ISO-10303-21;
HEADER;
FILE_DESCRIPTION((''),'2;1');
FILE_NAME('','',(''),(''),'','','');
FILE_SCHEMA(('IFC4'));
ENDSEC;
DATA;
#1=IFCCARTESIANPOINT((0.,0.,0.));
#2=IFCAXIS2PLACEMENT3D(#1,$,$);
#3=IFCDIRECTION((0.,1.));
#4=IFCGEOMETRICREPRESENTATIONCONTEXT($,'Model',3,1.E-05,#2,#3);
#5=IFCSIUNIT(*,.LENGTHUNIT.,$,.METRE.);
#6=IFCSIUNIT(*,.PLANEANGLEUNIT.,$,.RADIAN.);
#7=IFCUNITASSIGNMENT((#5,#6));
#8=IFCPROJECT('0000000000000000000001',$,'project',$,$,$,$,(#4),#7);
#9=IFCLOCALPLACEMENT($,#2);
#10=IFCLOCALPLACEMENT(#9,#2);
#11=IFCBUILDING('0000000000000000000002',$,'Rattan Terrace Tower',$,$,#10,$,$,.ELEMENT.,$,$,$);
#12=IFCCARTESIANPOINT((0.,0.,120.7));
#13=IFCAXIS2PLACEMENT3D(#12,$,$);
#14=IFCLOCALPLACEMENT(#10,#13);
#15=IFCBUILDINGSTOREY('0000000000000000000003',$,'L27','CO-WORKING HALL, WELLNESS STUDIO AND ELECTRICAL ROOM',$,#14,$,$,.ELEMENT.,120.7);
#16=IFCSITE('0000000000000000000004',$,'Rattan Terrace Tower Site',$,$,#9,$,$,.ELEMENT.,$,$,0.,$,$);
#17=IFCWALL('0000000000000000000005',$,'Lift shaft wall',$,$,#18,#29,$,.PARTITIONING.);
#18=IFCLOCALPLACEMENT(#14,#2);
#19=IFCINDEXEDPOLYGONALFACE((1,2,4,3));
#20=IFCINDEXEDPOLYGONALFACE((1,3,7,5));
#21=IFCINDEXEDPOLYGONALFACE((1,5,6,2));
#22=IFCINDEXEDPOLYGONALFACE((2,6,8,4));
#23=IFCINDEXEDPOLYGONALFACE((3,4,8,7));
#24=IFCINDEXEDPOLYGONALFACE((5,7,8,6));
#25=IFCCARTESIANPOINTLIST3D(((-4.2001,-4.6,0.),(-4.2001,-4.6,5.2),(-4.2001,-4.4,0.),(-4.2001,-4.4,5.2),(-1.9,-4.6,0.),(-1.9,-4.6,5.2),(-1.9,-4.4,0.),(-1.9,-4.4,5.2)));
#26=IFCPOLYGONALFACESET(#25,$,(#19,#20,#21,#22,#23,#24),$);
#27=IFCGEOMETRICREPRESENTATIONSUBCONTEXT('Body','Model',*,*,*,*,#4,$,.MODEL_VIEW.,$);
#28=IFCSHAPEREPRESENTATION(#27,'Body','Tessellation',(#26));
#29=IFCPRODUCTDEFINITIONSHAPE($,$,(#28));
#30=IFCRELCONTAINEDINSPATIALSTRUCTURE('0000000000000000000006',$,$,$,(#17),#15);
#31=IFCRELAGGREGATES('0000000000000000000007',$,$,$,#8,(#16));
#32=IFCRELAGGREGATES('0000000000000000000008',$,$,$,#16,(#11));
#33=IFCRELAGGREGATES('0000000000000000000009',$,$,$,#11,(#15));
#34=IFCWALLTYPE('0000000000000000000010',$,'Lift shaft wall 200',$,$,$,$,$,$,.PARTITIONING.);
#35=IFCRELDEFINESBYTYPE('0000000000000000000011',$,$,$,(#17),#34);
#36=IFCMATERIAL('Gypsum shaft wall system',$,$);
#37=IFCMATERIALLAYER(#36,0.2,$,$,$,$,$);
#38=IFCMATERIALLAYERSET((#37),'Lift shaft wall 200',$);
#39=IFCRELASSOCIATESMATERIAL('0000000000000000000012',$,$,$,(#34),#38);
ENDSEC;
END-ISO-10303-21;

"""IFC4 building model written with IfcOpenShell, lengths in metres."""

from ifc_helpers import new_model, si_unit, direction, frame, frame_2d, origin, place, context, subcontext, project, spatial, rectangle, extrude, material, layer, layer_set, type_object, element, save


model = new_model("IFC4")

# Units and contexts
model_context = context("Model", 3, precision=1e-05, world=origin(), true_north=direction((0.0, 1.0)))
body_context = subcontext(model_context, "Body", "Model", "MODEL_VIEW")
ifc_project = project(units=[si_unit("LENGTHUNIT", "METRE"), si_unit("PLANEANGLEUNIT", "RADIAN")], contexts=[model_context])

# Site, building, storey
site_placement = place(None, origin())
site = spatial("IfcSite", under=ifc_project, at=site_placement, Name="Rattan Terrace Tower Site", CompositionType="ELEMENT", RefElevation=0.0)
building_placement = place(site_placement, origin())
building = spatial("IfcBuilding", under=site, at=building_placement, Name="Rattan Terrace Tower", CompositionType="ELEMENT")
storey_placement = place(building_placement, frame((0.0, 0.0, 120.7)))
storey = spatial("IfcBuildingStorey", under=building, at=storey_placement, Name="L27", Description="CO-WORKING HALL, WELLNESS STUDIO AND ELECTRICAL ROOM", CompositionType="ELEMENT", Elevation=120.7)

# Shared definitions
ifc_material_1 = material(Name="Gypsum shaft wall system")
ifc_layer_1 = layer(ifc_material_1, 0.2)
ifc_layer_set_1 = layer_set([ifc_layer_1], Name="Lift shaft wall 200")
wall_type_1 = type_object("IfcWallType", Name="Lift shaft wall 200", PredefinedType="PARTITIONING", material=ifc_layer_set_1)

# Wall
for number, where, z_axis, x_axis, name in (
    (1, (-4.2, -4.5, 0.0), (0.0, 0.0, 1.0), (1.0, 0.0, 0.0), "Lift shaft wall"),
):
    element("IfcWall", number, at=place(storey_placement, frame(where, z_axis=z_axis, x_axis=x_axis)), inside=storey, type_object=wall_type_1, Name=name, PredefinedType="PARTITIONING", context=body_context, shape_type="SweptSolid", body=[
        extrude(rectangle(XDim=2.3, YDim=0.2, at=frame_2d((1.1499, 0.0))), origin(), (0.0, 0.0, 1.0), 5.2),
    ])

save(model, "model.ifc")
